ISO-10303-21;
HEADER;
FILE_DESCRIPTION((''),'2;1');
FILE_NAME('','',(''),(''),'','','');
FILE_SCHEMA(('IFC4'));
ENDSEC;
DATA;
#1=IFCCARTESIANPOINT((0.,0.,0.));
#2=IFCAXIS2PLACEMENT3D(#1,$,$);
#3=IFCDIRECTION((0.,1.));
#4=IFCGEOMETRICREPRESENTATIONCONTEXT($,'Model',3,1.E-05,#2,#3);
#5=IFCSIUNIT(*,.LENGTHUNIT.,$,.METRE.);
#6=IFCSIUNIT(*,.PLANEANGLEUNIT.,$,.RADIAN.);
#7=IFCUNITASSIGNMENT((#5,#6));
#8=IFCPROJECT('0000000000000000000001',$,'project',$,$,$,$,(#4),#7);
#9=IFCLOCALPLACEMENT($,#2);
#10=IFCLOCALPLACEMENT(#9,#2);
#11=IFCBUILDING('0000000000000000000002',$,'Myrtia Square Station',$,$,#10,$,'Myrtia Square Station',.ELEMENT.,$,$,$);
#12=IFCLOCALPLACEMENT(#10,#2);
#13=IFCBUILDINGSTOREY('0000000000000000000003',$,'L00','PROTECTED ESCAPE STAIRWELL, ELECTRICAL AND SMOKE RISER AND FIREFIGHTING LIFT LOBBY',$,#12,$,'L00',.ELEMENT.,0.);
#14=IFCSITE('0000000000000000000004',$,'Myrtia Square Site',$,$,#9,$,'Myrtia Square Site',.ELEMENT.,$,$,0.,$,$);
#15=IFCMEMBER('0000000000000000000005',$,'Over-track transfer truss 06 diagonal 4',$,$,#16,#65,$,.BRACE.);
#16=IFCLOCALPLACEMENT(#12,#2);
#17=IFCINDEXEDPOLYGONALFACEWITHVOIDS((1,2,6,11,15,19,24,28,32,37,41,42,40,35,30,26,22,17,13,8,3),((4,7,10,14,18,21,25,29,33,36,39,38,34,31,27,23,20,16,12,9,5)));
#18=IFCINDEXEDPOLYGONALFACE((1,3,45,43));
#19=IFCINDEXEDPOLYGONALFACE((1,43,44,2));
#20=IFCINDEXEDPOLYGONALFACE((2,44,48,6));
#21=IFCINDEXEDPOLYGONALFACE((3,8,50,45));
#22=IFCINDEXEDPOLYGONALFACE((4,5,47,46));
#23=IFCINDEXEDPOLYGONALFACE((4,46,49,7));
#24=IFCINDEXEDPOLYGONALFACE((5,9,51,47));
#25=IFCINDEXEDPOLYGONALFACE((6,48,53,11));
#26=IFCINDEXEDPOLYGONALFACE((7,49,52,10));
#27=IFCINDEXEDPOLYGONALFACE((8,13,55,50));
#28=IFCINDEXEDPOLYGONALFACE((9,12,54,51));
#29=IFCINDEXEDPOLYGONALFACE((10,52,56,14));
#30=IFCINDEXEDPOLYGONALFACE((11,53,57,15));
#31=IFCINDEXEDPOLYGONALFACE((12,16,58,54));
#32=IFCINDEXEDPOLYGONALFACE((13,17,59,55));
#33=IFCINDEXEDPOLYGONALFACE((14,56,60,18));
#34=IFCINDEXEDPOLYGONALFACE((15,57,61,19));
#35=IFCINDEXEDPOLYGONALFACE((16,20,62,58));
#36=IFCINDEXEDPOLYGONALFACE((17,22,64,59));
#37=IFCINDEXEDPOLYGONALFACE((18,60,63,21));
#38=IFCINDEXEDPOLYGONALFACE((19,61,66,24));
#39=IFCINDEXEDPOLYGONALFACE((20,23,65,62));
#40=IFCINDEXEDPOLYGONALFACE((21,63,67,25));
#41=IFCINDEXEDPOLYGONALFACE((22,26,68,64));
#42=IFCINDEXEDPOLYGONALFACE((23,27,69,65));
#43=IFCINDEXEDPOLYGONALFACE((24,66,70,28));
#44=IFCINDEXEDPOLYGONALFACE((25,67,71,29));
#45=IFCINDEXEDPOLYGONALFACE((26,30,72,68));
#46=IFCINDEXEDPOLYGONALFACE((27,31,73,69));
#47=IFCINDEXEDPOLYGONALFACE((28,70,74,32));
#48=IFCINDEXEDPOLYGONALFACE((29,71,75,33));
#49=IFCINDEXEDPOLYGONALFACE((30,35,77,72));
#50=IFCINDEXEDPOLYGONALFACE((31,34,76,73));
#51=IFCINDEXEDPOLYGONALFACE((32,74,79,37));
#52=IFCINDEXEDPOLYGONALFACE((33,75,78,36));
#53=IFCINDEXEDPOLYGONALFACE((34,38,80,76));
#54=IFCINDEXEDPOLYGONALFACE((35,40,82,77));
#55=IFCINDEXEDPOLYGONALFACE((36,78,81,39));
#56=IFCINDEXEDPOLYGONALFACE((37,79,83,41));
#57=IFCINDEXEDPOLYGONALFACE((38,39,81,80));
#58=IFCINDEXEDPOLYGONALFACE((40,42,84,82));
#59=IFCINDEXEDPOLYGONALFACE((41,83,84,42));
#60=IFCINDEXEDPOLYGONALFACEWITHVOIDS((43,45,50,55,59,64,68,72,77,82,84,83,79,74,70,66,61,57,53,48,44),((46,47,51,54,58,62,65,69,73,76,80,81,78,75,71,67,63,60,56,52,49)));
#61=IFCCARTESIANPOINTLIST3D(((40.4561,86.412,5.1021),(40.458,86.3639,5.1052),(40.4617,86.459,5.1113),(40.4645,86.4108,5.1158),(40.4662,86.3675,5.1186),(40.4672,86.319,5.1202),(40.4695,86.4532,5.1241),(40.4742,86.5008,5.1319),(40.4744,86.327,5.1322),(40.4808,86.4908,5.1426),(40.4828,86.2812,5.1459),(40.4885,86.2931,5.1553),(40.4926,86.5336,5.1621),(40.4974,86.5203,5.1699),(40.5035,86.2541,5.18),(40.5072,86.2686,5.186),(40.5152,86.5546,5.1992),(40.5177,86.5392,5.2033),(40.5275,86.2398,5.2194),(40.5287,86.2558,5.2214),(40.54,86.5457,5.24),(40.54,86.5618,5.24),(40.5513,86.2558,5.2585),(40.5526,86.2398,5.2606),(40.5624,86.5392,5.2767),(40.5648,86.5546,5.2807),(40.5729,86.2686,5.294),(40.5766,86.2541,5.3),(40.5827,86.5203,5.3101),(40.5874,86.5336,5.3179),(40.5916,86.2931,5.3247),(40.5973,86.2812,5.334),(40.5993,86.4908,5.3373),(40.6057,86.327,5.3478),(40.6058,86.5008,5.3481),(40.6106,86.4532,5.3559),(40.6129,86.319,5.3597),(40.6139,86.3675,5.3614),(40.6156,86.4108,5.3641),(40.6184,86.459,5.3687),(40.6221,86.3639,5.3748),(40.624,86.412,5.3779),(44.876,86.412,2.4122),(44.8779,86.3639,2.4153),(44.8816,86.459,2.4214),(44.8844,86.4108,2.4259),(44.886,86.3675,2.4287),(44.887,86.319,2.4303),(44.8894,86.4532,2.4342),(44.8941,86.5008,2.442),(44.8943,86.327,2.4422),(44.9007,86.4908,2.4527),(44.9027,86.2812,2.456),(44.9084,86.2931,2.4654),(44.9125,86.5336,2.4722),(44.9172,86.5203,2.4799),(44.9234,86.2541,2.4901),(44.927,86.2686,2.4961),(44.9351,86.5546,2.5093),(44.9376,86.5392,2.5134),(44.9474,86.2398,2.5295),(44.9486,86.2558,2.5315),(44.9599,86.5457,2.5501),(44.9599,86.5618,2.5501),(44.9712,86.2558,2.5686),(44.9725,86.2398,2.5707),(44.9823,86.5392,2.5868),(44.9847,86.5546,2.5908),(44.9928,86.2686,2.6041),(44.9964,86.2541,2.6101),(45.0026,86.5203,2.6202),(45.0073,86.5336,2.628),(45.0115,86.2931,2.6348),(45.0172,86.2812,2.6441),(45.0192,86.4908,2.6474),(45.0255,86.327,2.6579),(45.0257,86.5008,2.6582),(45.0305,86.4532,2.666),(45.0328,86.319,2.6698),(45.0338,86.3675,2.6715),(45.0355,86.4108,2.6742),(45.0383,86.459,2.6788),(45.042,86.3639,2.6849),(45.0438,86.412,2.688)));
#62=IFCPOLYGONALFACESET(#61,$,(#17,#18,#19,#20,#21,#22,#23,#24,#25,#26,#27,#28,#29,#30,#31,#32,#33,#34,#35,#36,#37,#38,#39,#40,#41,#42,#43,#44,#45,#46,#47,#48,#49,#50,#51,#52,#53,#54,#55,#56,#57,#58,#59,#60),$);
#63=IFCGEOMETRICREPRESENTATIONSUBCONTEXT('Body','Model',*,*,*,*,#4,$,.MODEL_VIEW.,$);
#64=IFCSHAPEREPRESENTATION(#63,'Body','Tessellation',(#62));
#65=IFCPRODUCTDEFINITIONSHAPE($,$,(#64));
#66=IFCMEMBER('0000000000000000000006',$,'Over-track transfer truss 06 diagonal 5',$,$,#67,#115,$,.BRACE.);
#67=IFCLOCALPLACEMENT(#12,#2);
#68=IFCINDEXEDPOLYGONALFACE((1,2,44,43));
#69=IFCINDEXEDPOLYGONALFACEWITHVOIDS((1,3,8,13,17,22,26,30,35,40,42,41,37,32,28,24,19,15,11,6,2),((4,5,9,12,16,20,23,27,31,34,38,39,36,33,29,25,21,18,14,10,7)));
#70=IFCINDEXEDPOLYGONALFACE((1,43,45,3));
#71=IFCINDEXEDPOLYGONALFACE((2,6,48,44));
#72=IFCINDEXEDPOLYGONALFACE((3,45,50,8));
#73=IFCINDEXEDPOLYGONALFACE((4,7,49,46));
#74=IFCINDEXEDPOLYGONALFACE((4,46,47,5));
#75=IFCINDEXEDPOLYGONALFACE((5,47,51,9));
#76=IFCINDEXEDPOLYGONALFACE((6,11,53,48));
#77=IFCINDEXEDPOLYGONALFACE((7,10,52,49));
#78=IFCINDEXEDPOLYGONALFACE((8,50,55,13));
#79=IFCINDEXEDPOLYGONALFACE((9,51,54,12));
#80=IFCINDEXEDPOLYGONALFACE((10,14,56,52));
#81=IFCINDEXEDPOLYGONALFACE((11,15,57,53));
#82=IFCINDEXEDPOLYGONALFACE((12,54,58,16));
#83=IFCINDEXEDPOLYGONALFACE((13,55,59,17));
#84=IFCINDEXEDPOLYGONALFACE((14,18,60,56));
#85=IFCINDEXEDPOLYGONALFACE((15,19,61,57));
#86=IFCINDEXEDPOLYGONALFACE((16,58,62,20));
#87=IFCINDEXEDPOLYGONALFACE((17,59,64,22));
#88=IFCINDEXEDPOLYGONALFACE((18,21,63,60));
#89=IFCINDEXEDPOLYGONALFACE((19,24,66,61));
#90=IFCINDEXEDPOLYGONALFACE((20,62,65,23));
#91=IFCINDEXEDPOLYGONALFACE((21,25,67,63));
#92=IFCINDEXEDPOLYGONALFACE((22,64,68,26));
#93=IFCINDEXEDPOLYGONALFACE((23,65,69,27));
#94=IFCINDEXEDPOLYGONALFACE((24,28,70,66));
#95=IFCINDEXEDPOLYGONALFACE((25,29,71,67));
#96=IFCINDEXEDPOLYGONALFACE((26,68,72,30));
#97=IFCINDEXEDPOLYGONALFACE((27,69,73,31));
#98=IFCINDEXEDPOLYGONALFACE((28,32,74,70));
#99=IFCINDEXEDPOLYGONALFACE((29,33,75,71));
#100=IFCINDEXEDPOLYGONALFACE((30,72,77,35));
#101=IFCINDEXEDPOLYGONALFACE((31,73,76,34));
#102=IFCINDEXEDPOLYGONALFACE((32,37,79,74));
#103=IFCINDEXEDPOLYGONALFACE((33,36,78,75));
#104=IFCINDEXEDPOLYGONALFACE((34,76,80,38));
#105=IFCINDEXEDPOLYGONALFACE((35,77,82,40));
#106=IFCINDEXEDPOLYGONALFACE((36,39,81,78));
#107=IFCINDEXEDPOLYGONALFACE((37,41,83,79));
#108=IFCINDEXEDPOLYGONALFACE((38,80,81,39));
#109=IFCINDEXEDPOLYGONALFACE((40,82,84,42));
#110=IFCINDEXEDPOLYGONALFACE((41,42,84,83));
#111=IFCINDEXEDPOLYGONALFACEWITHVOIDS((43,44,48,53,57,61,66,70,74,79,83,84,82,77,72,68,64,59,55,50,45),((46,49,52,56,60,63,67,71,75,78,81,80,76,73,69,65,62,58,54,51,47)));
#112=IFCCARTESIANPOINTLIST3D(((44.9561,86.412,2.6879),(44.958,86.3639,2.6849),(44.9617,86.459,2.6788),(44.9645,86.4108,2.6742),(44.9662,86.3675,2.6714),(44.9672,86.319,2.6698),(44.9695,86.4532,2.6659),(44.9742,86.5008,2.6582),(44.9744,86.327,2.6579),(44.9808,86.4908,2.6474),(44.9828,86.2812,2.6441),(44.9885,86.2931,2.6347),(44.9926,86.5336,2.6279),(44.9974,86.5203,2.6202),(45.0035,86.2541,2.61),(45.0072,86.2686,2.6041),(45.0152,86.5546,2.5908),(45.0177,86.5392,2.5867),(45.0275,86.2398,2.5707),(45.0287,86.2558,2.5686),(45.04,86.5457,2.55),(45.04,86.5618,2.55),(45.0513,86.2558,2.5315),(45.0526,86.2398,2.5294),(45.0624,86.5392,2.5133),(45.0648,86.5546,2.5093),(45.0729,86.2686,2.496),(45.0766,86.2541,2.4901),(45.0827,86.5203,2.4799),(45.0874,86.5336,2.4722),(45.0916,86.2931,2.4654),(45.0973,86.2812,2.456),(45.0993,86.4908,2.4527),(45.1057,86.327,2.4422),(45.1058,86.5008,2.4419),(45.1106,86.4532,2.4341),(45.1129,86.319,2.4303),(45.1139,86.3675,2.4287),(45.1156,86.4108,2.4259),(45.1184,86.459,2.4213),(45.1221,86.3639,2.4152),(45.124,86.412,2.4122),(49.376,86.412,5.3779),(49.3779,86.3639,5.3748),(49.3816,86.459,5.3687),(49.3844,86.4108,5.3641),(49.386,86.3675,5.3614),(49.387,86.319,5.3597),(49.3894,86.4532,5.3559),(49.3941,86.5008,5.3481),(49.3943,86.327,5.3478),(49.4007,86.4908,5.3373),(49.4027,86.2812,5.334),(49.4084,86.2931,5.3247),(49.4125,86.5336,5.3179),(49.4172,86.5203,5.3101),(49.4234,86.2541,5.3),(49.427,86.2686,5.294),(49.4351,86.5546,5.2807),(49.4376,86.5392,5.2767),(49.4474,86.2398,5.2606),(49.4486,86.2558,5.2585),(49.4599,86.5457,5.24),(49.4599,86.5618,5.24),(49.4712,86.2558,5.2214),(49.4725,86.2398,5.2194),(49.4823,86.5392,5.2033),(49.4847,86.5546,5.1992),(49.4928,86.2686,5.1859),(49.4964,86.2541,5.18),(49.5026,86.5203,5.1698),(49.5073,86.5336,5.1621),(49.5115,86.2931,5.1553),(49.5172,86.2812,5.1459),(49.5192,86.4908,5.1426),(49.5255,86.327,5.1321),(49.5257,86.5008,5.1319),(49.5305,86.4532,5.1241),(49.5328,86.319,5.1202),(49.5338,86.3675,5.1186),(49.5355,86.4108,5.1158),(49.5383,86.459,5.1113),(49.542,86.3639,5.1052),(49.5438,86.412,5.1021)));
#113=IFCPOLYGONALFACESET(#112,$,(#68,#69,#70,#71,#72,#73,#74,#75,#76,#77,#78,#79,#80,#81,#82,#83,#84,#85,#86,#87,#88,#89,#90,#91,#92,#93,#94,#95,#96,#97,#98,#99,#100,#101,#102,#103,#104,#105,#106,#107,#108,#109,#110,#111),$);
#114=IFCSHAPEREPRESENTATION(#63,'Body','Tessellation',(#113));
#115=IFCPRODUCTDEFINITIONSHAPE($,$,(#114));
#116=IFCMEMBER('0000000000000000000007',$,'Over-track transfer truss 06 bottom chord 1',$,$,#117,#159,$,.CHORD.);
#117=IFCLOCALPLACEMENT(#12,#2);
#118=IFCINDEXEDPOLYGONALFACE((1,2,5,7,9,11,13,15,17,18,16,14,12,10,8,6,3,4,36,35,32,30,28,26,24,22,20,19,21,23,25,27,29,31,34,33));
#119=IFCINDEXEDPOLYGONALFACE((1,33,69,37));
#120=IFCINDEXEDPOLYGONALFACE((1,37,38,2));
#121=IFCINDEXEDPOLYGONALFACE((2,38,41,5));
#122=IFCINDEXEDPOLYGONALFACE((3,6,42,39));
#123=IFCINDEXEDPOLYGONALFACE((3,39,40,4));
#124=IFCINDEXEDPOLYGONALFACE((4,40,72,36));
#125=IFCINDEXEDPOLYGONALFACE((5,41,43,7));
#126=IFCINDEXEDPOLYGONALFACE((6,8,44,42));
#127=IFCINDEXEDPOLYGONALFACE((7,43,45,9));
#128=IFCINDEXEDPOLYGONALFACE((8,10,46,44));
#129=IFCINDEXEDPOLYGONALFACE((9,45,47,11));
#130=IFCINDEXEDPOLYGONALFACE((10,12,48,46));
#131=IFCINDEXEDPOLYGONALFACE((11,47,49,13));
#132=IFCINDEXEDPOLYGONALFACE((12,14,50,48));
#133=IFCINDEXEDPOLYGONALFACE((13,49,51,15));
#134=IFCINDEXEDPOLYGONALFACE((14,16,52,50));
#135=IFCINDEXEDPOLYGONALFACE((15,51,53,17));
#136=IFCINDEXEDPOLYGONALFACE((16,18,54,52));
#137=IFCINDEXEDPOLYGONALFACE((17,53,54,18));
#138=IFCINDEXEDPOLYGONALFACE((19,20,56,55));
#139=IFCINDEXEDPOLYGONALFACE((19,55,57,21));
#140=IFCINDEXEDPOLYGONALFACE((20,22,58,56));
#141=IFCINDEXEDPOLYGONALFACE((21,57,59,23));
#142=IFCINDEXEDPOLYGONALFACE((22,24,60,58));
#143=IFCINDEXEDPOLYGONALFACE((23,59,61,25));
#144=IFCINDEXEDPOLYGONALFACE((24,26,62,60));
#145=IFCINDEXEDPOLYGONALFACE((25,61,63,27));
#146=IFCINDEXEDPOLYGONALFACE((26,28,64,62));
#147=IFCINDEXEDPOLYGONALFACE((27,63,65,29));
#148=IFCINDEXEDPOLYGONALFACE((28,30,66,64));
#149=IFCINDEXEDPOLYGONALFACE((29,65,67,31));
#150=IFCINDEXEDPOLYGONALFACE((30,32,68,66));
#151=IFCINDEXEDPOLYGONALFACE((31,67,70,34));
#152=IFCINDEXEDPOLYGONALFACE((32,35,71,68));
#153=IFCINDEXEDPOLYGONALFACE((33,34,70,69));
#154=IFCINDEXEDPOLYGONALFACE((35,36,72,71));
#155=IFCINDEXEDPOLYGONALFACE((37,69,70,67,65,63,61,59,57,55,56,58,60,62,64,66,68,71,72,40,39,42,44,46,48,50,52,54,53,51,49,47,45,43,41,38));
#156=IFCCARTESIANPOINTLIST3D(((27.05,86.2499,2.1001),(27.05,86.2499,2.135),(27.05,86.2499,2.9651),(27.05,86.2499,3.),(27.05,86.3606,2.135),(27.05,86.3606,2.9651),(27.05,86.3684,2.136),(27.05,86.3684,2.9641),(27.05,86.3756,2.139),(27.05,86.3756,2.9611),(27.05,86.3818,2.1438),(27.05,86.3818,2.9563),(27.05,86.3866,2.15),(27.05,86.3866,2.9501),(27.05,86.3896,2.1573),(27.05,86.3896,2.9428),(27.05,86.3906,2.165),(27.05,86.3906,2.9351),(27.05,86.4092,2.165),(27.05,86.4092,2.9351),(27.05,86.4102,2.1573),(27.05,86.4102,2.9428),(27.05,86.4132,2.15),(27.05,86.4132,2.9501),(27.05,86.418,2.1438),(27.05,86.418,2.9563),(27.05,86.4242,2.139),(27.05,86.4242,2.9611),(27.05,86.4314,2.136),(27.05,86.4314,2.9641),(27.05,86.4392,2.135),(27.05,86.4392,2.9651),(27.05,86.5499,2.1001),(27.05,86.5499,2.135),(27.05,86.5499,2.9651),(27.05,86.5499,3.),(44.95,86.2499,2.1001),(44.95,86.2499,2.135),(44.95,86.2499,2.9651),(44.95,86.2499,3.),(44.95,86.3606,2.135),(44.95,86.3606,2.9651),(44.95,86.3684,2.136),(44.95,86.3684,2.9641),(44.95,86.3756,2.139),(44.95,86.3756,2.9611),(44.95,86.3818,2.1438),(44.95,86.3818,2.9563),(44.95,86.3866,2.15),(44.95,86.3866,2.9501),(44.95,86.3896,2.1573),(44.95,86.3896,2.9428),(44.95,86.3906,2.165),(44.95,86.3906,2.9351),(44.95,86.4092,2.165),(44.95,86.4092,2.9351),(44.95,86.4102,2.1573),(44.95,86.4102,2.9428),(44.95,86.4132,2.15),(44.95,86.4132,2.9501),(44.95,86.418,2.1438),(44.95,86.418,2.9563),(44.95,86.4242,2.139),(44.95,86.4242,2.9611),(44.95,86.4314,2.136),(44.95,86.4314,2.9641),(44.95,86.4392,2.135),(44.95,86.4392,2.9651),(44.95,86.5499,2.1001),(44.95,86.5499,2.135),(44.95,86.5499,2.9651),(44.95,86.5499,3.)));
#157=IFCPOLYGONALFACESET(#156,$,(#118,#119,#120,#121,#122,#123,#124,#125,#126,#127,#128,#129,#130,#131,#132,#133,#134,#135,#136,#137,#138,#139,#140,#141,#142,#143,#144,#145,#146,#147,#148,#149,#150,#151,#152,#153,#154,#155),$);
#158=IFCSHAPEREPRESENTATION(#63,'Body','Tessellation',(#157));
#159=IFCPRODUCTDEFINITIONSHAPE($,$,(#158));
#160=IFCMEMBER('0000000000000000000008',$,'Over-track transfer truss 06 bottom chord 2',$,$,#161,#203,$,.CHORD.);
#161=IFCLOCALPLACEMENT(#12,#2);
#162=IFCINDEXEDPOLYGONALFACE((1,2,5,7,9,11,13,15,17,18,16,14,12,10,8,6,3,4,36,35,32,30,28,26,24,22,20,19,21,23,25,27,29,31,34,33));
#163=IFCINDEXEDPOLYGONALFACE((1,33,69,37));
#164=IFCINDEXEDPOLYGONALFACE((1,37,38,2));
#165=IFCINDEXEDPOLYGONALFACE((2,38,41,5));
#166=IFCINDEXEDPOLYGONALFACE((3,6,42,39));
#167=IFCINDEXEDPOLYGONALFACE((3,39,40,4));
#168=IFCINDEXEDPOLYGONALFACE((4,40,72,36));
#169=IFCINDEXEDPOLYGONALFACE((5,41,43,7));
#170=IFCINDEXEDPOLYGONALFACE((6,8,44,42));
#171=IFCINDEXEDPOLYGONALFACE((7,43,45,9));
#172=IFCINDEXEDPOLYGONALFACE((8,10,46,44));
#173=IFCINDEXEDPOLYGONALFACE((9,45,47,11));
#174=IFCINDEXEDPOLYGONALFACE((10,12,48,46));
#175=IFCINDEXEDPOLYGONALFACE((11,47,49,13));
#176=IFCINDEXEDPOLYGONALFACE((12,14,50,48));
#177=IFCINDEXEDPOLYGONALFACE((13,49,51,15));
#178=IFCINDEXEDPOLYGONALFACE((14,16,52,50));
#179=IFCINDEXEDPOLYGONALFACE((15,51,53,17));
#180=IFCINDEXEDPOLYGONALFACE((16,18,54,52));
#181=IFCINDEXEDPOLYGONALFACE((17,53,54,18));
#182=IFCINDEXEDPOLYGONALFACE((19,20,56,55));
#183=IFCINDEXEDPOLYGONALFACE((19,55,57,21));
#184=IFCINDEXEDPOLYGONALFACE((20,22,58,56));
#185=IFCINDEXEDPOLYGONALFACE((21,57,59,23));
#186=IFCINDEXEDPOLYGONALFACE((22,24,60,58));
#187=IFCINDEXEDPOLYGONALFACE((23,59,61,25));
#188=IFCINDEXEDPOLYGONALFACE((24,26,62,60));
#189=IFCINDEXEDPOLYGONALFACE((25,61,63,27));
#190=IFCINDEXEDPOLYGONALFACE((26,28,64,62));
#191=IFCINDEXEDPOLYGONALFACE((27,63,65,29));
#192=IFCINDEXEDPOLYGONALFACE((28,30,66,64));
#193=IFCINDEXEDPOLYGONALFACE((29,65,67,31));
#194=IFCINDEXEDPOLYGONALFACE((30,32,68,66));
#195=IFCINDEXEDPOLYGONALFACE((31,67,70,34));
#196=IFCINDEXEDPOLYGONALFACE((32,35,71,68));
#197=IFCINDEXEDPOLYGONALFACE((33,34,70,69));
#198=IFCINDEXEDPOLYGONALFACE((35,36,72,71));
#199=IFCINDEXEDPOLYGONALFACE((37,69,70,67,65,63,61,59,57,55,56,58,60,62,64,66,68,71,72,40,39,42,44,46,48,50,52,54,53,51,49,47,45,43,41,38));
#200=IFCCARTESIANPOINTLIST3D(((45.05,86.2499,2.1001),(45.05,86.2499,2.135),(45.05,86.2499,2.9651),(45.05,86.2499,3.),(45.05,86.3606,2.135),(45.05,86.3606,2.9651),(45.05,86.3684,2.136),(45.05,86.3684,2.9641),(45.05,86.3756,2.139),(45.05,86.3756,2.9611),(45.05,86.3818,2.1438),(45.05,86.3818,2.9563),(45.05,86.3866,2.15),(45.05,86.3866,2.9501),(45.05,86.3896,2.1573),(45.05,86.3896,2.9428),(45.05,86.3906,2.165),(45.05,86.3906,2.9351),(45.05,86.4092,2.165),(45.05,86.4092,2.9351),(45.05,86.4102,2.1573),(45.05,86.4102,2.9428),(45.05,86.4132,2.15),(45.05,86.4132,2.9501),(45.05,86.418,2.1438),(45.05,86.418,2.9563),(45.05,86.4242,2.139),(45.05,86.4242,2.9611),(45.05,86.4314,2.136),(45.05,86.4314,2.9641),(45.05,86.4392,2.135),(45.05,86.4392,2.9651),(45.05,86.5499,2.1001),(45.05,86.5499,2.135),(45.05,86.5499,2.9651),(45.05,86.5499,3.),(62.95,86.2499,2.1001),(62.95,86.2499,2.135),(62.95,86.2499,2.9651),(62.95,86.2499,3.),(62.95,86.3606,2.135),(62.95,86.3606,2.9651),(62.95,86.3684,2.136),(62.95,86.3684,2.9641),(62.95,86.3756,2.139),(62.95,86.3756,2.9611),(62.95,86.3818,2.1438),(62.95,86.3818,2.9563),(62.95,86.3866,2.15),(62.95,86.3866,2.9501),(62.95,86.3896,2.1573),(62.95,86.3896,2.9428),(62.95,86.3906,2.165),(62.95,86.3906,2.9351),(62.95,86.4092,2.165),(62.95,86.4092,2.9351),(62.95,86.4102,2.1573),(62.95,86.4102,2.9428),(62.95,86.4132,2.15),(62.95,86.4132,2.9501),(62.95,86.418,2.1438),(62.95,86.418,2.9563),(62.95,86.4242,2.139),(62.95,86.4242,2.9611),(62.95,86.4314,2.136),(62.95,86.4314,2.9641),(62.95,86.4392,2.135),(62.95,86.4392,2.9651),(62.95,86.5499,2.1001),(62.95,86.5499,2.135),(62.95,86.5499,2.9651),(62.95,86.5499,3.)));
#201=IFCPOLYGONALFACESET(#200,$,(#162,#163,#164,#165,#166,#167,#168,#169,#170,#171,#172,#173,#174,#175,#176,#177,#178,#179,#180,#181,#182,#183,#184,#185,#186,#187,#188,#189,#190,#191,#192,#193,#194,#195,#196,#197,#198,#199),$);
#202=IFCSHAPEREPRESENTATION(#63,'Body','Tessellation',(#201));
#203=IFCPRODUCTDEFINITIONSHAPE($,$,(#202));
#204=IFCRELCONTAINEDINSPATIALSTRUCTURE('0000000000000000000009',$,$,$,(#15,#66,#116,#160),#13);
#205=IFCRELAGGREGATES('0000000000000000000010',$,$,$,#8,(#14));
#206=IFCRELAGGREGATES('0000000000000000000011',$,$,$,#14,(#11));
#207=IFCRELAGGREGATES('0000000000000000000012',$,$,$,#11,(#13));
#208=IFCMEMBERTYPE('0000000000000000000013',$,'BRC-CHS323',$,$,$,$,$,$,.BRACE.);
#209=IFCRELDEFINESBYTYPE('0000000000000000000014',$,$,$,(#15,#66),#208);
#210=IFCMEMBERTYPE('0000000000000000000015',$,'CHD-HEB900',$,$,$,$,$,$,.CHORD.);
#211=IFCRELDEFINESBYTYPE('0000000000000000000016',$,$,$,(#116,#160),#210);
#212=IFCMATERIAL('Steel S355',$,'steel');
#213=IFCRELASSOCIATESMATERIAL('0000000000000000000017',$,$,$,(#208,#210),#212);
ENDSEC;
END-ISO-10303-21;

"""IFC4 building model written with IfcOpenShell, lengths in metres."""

from ifc_helpers import new_model, si_unit, direction, frame, origin, origin_2d, place, context, subcontext, project, spatial, hollow_circle, i_section, extrude, material, material_profile, profile_set, type_object, element, save


model = new_model("IFC4")

# Units and contexts
model_context = context("Model", 3, precision=1e-05, world=origin(), true_north=direction((0.0, 1.0)))
body_context = subcontext(model_context, "Body", "Model", "MODEL_VIEW")
ifc_project = project(units=[si_unit("LENGTHUNIT", "METRE"), si_unit("PLANEANGLEUNIT", "RADIAN")], contexts=[model_context])

# Site, building, storey
site_placement = place(None, origin())
site = spatial("IfcSite", under=ifc_project, at=site_placement, Name="Myrtia Square Site", LongName="Myrtia Square Site", CompositionType="ELEMENT", RefElevation=0.0)
building_placement = place(site_placement, origin())
building = spatial("IfcBuilding", under=site, at=building_placement, Name="Myrtia Square Station", LongName="Myrtia Square Station", CompositionType="ELEMENT")
storey_placement = place(building_placement, origin())
storey = spatial("IfcBuildingStorey", under=building, at=storey_placement, Name="L00", Description="PROTECTED ESCAPE STAIRWELL, ELECTRICAL AND SMOKE RISER AND FIREFIGHTING LIFT LOBBY", LongName="L00", CompositionType="ELEMENT", Elevation=0.0)

# Shared definitions
ifc_material_1 = material(Name="Steel S355", Category="steel")

# Members
ifc_material_profile_1 = material_profile(ifc_material_1, hollow_circle(Radius=0.1619, WallThickness=0.0161, at=origin_2d()), Name="CHS 323.9x16")
ifc_profile_set_1 = profile_set([ifc_material_profile_1], Name="Steel S355")
member_type_1 = type_object("IfcMemberType", Name="BRC-CHS323", PredefinedType="BRACE", material=ifc_profile_set_1)
for number, where, z_axis, x_axis, name in (
    (1, (40.54, 86.3999, 5.24), (0.854237, 0.0, -0.519884), (0.0, 1.0, 0.0), "Over-track transfer truss 06 diagonal 4"),
    (2, (45.04, 86.3999, 2.55), (0.854237, 0.0, 0.519884), (0.0, 1.0, 0.0), "Over-track transfer truss 06 diagonal 5"),
):
    element("IfcMember", number, at=place(storey_placement, frame(where, z_axis=z_axis, x_axis=x_axis)), inside=storey, type_object=member_type_1, Name=name, PredefinedType="BRACE", context=body_context, shape_type="SweptSolid", body=[
        extrude(hollow_circle(Radius=0.1619, WallThickness=0.0161, at=origin_2d()), origin(), (0.0, 0.0, 1.0), 5.1741),
    ])
ifc_material_profile_2 = material_profile(ifc_material_1, i_section(OverallWidth=0.3, OverallDepth=0.8999, WebThickness=0.0186, FlangeThickness=0.0349, FilletRadius=0.03, at=origin_2d()), Name="HEB 900")
ifc_profile_set_2 = profile_set([ifc_material_profile_2], Name="Steel S355")
member_type_2 = type_object("IfcMemberType", Name="CHD-HEB900", PredefinedType="CHORD", material=ifc_profile_set_2)
for number, where, z_axis, x_axis, name in (
    (3, (27.05, 86.3999, 2.55), (1.0, 0.0, 0.0), (0.0, 1.0, 0.0), "Over-track transfer truss 06 bottom chord 1"),
    (4, (45.05, 86.3999, 2.55), (1.0, 0.0, 0.0), (0.0, 1.0, 0.0), "Over-track transfer truss 06 bottom chord 2"),
):
    element("IfcMember", number, at=place(storey_placement, frame(where, z_axis=z_axis, x_axis=x_axis)), inside=storey, type_object=member_type_2, Name=name, PredefinedType="CHORD", context=body_context, shape_type="SweptSolid", body=[
        extrude(i_section(OverallWidth=0.3, OverallDepth=0.8999, WebThickness=0.0186, FlangeThickness=0.0349, FilletRadius=0.03, at=origin_2d()), origin(), (0.0, 0.0, 1.0), 17.8999),
    ])

save(model, "model.ifc")
